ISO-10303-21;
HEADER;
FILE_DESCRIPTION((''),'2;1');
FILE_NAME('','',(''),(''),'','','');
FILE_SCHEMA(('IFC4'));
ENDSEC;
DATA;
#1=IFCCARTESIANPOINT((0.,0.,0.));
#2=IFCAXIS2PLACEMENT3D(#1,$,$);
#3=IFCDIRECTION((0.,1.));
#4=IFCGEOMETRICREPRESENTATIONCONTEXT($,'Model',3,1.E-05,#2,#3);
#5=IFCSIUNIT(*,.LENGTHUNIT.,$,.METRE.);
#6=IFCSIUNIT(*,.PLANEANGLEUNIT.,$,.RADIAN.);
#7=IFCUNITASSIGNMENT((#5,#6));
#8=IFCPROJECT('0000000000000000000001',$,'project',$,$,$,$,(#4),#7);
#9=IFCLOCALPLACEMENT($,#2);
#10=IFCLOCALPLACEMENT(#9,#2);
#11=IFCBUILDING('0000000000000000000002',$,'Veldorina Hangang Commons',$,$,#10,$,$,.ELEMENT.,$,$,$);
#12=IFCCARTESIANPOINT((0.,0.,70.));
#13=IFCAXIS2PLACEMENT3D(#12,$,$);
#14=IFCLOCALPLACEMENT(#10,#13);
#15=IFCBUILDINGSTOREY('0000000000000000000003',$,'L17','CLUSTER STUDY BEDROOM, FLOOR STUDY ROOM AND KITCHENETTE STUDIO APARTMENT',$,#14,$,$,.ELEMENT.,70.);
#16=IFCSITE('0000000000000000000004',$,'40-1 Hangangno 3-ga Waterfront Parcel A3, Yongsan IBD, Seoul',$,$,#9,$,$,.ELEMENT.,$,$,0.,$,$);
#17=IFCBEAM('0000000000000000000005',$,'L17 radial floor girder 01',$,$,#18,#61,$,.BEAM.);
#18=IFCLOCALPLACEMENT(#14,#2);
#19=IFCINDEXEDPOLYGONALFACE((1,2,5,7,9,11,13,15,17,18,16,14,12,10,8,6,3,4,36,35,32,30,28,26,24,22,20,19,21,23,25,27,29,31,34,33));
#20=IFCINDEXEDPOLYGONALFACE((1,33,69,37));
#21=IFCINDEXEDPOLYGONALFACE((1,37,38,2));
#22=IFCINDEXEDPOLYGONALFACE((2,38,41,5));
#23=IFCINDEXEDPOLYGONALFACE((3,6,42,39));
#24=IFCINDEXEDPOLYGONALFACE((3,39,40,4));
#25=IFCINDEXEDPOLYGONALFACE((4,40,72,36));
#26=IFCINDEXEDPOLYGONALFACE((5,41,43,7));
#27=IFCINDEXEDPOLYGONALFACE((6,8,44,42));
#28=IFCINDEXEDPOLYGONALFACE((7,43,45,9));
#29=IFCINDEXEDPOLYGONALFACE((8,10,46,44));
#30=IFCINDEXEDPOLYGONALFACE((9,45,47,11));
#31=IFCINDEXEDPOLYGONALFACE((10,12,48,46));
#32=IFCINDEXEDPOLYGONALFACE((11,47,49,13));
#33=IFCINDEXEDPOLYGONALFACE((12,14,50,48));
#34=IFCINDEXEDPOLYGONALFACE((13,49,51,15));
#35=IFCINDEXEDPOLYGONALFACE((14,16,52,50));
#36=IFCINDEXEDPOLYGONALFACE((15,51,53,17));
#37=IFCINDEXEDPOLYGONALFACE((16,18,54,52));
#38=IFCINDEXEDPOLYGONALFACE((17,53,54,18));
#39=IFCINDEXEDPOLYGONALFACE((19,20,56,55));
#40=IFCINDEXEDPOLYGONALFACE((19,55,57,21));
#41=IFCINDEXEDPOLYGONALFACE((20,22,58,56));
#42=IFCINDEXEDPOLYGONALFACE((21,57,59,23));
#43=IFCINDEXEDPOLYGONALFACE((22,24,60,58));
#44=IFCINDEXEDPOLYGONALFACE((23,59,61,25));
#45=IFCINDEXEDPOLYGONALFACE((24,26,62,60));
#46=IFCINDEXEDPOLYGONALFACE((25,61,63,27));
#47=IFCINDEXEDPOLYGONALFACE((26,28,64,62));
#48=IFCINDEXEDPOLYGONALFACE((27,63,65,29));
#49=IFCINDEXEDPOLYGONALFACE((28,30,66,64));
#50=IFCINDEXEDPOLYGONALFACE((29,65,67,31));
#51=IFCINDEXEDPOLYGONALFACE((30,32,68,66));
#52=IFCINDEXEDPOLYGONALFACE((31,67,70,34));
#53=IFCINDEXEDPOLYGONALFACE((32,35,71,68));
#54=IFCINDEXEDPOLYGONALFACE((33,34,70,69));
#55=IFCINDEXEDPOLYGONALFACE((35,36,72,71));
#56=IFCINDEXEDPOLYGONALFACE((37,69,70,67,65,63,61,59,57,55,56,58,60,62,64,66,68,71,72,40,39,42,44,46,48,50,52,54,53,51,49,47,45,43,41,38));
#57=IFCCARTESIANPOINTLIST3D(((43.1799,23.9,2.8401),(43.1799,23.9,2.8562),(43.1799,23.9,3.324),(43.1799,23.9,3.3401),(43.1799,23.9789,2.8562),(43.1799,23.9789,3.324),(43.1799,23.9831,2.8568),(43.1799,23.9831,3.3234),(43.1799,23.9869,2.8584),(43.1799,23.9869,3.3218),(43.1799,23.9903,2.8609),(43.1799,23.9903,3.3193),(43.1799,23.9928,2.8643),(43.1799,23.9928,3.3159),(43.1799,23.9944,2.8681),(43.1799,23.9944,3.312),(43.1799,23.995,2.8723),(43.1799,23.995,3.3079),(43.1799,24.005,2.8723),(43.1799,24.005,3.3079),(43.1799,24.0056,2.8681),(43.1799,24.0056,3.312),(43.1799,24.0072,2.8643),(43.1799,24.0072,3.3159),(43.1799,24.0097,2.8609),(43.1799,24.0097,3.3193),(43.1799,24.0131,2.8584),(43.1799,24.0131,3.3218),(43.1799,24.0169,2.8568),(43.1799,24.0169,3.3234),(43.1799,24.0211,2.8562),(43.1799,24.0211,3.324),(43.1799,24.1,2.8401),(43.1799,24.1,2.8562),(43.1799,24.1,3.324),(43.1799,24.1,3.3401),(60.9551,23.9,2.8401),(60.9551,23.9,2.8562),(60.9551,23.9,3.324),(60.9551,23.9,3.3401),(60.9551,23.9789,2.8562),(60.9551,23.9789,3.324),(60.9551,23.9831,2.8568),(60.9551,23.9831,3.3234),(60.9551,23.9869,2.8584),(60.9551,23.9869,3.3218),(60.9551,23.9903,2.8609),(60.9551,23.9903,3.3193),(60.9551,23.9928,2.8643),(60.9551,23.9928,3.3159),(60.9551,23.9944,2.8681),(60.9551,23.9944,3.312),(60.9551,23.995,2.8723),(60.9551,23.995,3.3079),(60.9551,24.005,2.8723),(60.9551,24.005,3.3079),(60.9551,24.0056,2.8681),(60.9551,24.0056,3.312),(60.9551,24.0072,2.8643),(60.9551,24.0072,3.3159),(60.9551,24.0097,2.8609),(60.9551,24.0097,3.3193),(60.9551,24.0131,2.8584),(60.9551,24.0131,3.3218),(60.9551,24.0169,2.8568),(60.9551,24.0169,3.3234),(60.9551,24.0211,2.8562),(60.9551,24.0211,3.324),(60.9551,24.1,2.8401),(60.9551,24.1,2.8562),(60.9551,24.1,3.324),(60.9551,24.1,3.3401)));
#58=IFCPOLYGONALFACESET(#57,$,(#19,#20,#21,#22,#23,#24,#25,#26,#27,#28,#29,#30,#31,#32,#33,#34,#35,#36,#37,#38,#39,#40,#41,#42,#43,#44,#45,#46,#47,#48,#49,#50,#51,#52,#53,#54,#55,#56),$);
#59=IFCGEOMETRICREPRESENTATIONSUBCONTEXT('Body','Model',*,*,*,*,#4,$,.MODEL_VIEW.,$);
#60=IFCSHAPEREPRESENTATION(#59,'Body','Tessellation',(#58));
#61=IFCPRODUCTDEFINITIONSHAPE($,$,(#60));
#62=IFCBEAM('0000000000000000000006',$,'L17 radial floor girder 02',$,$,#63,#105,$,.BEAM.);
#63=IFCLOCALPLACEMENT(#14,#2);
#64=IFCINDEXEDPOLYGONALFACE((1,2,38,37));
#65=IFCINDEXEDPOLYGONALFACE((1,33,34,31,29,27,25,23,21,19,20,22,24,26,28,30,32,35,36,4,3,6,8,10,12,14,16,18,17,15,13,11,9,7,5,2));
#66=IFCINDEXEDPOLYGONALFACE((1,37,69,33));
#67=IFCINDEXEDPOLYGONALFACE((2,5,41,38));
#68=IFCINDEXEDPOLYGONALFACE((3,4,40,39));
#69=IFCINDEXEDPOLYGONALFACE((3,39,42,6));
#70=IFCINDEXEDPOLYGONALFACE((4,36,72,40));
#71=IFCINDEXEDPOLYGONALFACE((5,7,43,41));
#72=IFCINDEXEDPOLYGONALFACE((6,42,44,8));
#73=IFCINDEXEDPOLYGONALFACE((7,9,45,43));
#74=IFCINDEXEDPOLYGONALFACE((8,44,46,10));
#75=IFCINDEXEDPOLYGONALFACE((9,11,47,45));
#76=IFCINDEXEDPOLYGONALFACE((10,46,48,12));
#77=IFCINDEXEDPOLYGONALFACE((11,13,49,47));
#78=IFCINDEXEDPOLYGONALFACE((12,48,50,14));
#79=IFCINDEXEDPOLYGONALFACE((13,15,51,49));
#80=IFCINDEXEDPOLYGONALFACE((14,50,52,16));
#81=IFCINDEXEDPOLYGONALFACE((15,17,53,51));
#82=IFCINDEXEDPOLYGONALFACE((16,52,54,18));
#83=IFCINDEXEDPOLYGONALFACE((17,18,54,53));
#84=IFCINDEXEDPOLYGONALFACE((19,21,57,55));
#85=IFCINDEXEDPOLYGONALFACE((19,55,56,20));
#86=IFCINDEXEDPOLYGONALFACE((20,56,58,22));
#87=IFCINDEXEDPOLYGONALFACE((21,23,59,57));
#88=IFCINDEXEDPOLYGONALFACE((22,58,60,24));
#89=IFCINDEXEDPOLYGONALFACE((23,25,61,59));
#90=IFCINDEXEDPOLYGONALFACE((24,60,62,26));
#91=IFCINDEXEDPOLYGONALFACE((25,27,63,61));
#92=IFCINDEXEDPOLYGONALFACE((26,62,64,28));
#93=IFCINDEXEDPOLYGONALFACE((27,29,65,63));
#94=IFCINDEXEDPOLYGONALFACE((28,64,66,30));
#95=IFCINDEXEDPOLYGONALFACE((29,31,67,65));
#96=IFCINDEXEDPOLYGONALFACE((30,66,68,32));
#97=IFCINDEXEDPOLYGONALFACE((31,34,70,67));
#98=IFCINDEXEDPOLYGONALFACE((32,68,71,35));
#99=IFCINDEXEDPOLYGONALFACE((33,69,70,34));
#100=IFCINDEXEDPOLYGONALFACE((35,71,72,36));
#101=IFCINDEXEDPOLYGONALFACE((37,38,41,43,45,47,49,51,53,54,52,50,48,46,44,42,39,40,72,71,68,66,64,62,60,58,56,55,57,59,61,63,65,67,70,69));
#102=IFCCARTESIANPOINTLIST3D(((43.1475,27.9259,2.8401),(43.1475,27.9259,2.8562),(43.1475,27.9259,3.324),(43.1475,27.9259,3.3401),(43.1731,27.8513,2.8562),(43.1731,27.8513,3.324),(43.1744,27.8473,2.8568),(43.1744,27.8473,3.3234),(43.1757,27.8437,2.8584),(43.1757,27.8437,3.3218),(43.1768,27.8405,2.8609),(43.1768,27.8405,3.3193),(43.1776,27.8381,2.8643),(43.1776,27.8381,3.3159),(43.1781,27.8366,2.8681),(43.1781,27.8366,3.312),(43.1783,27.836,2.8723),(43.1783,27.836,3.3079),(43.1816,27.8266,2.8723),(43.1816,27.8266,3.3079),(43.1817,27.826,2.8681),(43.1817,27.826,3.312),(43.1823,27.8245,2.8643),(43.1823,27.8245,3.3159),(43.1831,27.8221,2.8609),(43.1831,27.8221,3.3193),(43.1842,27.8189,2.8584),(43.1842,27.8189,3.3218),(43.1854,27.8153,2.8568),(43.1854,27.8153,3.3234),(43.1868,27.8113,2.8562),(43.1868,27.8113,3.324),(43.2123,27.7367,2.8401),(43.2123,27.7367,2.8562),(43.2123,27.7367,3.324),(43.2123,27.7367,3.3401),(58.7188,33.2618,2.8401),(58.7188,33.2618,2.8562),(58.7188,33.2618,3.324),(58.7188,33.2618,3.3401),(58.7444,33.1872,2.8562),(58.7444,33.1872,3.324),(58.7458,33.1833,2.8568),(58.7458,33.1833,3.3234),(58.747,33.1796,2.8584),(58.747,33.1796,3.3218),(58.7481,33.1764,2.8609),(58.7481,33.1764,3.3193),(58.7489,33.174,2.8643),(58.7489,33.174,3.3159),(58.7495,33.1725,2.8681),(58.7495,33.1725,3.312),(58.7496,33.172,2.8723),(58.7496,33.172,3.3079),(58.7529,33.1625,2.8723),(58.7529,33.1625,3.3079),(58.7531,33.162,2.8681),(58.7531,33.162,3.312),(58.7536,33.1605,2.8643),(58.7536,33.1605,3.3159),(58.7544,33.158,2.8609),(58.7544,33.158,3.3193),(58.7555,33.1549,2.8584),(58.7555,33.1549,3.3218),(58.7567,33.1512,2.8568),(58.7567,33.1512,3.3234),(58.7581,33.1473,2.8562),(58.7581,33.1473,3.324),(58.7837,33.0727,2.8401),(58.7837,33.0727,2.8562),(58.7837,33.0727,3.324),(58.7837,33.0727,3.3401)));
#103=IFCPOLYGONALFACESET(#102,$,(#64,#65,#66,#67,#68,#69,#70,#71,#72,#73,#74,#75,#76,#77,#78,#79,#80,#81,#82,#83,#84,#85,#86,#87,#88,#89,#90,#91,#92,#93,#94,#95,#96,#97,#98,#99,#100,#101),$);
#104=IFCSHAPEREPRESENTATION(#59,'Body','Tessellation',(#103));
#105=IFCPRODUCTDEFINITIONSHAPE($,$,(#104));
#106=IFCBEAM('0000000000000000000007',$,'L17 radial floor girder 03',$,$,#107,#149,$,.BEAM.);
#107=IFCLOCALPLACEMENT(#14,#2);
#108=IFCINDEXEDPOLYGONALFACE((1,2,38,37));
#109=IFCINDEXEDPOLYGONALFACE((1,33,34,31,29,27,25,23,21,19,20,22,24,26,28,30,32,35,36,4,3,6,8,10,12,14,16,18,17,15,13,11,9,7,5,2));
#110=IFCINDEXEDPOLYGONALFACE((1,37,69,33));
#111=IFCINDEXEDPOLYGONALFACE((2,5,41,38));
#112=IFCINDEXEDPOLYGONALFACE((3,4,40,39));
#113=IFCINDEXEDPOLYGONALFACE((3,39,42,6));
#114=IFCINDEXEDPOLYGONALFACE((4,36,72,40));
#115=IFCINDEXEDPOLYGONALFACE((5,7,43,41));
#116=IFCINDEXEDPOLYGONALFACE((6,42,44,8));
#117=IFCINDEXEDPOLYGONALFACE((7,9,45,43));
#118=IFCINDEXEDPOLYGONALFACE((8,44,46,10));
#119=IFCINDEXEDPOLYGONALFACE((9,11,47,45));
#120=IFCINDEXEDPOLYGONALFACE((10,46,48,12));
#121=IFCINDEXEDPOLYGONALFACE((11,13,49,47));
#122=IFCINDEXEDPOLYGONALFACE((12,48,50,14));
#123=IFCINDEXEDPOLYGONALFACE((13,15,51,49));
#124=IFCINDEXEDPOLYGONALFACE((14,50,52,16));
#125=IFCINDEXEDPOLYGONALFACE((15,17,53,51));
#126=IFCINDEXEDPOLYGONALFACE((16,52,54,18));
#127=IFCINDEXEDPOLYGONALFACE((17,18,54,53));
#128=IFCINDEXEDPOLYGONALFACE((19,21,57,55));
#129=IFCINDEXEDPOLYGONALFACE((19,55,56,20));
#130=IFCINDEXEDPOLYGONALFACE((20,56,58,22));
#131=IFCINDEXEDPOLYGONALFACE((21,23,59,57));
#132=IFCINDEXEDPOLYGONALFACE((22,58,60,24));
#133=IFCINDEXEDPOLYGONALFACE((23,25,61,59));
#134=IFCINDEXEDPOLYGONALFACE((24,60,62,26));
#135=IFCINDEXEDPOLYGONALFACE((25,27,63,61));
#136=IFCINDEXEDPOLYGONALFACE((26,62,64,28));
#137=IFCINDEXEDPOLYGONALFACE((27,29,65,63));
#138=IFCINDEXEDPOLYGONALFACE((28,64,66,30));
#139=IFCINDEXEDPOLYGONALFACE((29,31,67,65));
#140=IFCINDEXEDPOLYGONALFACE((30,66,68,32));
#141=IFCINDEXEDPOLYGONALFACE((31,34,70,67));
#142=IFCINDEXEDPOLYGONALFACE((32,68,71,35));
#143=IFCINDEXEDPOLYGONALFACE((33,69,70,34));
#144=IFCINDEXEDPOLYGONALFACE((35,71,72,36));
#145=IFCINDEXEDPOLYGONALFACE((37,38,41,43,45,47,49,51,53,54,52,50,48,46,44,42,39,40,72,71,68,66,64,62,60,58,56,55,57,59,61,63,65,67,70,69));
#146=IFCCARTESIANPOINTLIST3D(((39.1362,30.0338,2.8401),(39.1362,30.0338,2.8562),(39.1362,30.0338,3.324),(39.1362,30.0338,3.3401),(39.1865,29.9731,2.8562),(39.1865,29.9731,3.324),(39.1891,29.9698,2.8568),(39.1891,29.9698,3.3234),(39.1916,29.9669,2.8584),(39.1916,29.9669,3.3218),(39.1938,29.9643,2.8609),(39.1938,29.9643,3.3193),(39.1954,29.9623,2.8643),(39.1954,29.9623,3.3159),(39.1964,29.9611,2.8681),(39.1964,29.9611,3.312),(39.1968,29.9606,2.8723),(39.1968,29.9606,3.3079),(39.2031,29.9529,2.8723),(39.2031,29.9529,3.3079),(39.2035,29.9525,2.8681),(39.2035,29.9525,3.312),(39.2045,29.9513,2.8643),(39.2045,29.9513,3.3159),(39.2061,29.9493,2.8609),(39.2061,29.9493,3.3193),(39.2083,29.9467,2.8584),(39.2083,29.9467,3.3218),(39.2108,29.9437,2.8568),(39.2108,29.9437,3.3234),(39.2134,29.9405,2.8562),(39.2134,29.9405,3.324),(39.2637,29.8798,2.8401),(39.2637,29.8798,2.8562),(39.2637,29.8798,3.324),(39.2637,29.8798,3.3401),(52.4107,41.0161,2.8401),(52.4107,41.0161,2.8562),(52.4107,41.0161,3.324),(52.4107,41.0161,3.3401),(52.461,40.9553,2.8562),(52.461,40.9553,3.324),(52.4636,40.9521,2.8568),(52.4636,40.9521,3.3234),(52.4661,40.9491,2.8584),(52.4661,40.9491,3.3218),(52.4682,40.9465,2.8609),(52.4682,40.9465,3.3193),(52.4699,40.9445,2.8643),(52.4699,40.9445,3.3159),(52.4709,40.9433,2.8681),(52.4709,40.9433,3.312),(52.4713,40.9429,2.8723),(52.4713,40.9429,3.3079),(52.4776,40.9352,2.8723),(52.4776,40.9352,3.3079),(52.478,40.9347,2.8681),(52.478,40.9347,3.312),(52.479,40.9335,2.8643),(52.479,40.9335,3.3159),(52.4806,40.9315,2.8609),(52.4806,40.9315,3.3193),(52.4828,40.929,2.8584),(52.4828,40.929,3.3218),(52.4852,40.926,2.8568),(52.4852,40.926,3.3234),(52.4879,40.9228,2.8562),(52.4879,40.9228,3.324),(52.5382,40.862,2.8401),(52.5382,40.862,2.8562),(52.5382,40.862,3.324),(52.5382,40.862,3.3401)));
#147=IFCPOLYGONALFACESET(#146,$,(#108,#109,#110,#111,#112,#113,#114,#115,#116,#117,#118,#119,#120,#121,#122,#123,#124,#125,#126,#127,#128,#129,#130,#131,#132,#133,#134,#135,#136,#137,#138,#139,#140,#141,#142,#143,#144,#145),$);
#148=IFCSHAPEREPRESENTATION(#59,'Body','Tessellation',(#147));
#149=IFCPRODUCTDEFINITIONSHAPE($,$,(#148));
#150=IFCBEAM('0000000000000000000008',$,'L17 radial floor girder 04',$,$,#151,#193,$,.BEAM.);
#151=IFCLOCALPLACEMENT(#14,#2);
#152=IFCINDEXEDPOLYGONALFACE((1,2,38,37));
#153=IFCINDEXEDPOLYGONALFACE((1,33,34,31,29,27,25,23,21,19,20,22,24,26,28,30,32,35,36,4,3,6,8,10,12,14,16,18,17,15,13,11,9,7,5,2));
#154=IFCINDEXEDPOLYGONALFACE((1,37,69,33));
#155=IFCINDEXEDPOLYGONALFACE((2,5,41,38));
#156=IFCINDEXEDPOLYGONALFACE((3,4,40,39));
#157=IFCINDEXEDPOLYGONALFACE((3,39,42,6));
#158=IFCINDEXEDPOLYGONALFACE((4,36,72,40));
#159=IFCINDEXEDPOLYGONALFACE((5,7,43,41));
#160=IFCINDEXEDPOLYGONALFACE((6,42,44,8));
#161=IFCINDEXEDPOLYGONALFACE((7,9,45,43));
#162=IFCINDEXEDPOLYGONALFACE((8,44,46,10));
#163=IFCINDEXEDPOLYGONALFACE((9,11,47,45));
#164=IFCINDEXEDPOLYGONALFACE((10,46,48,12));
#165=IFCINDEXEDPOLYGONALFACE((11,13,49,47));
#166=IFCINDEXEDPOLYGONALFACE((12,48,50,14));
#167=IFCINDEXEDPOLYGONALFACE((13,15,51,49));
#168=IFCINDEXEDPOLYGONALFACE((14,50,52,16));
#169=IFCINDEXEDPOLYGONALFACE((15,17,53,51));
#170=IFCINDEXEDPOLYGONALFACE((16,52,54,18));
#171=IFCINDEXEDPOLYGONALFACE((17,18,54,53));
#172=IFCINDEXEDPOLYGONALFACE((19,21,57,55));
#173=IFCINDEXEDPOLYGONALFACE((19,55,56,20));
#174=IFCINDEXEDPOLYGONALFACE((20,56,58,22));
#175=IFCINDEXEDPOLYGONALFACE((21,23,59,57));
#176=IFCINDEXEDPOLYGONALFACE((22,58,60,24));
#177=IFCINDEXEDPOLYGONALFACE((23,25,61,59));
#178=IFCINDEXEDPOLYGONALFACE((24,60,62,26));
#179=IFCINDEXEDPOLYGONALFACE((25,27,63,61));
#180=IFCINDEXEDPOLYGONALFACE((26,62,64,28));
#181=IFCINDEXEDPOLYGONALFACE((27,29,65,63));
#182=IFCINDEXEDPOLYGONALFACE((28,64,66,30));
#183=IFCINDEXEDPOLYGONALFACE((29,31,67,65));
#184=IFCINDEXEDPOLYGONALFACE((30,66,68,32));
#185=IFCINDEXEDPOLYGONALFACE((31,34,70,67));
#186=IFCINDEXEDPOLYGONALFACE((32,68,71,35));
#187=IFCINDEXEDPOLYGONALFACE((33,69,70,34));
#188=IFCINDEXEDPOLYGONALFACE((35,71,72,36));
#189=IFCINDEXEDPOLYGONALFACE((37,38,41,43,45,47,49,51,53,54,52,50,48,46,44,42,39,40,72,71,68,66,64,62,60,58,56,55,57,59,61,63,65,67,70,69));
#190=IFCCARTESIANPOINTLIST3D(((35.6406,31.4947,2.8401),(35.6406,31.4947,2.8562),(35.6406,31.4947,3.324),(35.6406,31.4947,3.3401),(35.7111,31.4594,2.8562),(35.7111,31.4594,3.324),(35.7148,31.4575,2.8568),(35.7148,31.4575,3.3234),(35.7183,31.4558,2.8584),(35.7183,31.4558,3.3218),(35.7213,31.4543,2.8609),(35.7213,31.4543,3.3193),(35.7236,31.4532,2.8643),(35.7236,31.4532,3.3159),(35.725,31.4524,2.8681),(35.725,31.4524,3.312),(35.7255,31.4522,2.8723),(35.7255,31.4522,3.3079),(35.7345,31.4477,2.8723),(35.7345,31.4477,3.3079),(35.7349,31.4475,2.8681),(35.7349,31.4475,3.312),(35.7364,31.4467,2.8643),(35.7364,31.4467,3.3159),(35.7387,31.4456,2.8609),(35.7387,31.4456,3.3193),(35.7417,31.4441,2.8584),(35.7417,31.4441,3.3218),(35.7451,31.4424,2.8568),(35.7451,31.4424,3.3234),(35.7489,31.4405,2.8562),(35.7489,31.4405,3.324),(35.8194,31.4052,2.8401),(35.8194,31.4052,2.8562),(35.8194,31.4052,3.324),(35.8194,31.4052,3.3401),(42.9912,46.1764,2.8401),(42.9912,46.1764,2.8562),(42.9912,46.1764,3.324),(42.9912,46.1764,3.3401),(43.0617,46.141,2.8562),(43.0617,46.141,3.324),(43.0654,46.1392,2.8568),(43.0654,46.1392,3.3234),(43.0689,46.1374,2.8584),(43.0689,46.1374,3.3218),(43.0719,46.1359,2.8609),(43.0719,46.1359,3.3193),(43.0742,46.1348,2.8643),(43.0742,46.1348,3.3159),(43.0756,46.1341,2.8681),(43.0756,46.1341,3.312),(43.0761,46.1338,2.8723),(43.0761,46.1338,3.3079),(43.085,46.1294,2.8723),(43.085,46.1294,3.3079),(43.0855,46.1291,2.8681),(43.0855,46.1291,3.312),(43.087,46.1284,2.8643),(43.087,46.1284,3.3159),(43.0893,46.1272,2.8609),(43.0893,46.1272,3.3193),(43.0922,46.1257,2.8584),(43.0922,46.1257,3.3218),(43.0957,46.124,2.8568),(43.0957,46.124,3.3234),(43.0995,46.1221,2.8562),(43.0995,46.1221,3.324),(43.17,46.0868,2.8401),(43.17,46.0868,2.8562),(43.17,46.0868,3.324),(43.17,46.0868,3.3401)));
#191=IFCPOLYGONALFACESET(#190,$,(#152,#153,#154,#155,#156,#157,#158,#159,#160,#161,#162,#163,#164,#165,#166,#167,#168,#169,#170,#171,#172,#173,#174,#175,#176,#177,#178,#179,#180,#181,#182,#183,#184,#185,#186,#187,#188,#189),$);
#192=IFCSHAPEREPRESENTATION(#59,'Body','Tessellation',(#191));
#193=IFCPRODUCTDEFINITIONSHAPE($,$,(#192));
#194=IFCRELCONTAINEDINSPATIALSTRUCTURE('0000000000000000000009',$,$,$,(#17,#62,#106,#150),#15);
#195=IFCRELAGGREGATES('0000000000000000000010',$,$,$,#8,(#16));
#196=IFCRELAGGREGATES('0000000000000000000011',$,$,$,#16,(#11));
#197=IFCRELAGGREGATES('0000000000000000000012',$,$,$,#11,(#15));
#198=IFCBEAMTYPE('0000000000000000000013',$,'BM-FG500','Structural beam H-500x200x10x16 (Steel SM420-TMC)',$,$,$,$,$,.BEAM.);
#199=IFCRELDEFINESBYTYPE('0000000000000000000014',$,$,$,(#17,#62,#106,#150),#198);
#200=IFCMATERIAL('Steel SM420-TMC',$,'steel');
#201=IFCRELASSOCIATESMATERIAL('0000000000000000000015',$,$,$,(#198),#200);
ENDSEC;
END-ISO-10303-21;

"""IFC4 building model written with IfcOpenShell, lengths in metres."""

from ifc_helpers import new_model, si_unit, direction, frame, origin, origin_2d, place, context, subcontext, project, spatial, i_section, extrude, material, material_profile, profile_set, type_object, element, save


model = new_model("IFC4")

# Units and contexts
model_context = context("Model", 3, precision=1e-05, world=origin(), true_north=direction((0.0, 1.0)))
body_context = subcontext(model_context, "Body", "Model", "MODEL_VIEW")
ifc_project = project(units=[si_unit("LENGTHUNIT", "METRE"), si_unit("PLANEANGLEUNIT", "RADIAN")], contexts=[model_context])

# Site, building, storey
site_placement = place(None, origin())
site = spatial("IfcSite", under=ifc_project, at=site_placement, Name="40-1 Hangangno 3-ga Waterfront Parcel A3, Yongsan IBD, Seoul", CompositionType="ELEMENT", RefElevation=0.0)
building_placement = place(site_placement, origin())
building = spatial("IfcBuilding", under=site, at=building_placement, Name="Veldorina Hangang Commons", CompositionType="ELEMENT")
storey_placement = place(building_placement, frame((0.0, 0.0, 70.0)))
storey = spatial("IfcBuildingStorey", under=building, at=storey_placement, Name="L17", Description="CLUSTER STUDY BEDROOM, FLOOR STUDY ROOM AND KITCHENETTE STUDIO APARTMENT", CompositionType="ELEMENT", Elevation=70.0)

# Beams
ifc_material_1 = material(Name="Steel SM420-TMC", Category="steel")
ifc_material_profile = material_profile(ifc_material_1, i_section(OverallWidth=0.2, OverallDepth=0.5, WebThickness=0.01, FlangeThickness=0.0161, FilletRadius=0.0161, at=origin_2d()), Name="H-500x200x10x16")
ifc_profile_set = profile_set([ifc_material_profile], Name="Steel SM420-TMC")
beam_type = type_object("IfcBeamType", Name="BM-FG500", Description="Structural beam H-500x200x10x16 (Steel SM420-TMC)", PredefinedType="BEAM", material=ifc_profile_set)
beam_1_placement = place(storey_placement, frame((43.1799, 24.0, 3.0901), z_axis=(1.0, 0.0, 0.0), x_axis=(0.0, 1.0, 0.0)))
element("IfcBeam", 1, at=beam_1_placement, inside=storey, type_object=beam_type, Name="L17 radial floor girder 01", PredefinedType="BEAM", context=body_context, shape_type="SweptSolid", body=[
    extrude(i_section(OverallWidth=0.2, OverallDepth=0.5, WebThickness=0.01, FlangeThickness=0.0161, FilletRadius=0.0161, at=origin_2d()), origin(), (0.0, 0.0, 1.0), 17.7751),
])
beam_2_placement = place(storey_placement, frame((43.1799, 27.8313, 3.0901), z_axis=(0.945998, 0.324173, 0.0), x_axis=(-0.324173, 0.945998, 0.0)))
element("IfcBeam", 2, at=beam_2_placement, inside=storey, type_object=beam_type, Name="L17 radial floor girder 02", PredefinedType="BEAM", context=body_context, shape_type="SweptSolid", body=[
    extrude(i_section(OverallWidth=0.2, OverallDepth=0.5, WebThickness=0.01, FlangeThickness=0.0161, FilletRadius=0.0161, at=origin_2d()), origin(), (0.0, 0.0, 1.0), 16.4602),
])
beam_3_placement = place(storey_placement, frame((39.2, 29.9568, 3.0901), z_axis=(0.770495, 0.637446, 0.0), x_axis=(-0.637446, 0.770495, 0.0)))
element("IfcBeam", 3, at=beam_3_placement, inside=storey, type_object=beam_type, Name="L17 radial floor girder 03", PredefinedType="BEAM", context=body_context, shape_type="SweptSolid", body=[
    extrude(i_section(OverallWidth=0.2, OverallDepth=0.5, WebThickness=0.01, FlangeThickness=0.0161, FilletRadius=0.0161, at=origin_2d()), origin(), (0.0, 0.0, 1.0), 17.2285),
])
beam_4_placement = place(storey_placement, frame((35.73, 31.45, 3.0901), z_axis=(0.447689, 0.894189, 0.0), x_axis=(-0.894189, 0.447689, 0.0)))
element("IfcBeam", 4, at=beam_4_placement, inside=storey, type_object=beam_type, Name="L17 radial floor girder 04", PredefinedType="BEAM", context=body_context, shape_type="SweptSolid", body=[
    extrude(i_section(OverallWidth=0.2, OverallDepth=0.5, WebThickness=0.01, FlangeThickness=0.0161, FilletRadius=0.0161, at=origin_2d()), origin(), (0.0, 0.0, 1.0), 16.4189),
])

save(model, "model.ifc")
